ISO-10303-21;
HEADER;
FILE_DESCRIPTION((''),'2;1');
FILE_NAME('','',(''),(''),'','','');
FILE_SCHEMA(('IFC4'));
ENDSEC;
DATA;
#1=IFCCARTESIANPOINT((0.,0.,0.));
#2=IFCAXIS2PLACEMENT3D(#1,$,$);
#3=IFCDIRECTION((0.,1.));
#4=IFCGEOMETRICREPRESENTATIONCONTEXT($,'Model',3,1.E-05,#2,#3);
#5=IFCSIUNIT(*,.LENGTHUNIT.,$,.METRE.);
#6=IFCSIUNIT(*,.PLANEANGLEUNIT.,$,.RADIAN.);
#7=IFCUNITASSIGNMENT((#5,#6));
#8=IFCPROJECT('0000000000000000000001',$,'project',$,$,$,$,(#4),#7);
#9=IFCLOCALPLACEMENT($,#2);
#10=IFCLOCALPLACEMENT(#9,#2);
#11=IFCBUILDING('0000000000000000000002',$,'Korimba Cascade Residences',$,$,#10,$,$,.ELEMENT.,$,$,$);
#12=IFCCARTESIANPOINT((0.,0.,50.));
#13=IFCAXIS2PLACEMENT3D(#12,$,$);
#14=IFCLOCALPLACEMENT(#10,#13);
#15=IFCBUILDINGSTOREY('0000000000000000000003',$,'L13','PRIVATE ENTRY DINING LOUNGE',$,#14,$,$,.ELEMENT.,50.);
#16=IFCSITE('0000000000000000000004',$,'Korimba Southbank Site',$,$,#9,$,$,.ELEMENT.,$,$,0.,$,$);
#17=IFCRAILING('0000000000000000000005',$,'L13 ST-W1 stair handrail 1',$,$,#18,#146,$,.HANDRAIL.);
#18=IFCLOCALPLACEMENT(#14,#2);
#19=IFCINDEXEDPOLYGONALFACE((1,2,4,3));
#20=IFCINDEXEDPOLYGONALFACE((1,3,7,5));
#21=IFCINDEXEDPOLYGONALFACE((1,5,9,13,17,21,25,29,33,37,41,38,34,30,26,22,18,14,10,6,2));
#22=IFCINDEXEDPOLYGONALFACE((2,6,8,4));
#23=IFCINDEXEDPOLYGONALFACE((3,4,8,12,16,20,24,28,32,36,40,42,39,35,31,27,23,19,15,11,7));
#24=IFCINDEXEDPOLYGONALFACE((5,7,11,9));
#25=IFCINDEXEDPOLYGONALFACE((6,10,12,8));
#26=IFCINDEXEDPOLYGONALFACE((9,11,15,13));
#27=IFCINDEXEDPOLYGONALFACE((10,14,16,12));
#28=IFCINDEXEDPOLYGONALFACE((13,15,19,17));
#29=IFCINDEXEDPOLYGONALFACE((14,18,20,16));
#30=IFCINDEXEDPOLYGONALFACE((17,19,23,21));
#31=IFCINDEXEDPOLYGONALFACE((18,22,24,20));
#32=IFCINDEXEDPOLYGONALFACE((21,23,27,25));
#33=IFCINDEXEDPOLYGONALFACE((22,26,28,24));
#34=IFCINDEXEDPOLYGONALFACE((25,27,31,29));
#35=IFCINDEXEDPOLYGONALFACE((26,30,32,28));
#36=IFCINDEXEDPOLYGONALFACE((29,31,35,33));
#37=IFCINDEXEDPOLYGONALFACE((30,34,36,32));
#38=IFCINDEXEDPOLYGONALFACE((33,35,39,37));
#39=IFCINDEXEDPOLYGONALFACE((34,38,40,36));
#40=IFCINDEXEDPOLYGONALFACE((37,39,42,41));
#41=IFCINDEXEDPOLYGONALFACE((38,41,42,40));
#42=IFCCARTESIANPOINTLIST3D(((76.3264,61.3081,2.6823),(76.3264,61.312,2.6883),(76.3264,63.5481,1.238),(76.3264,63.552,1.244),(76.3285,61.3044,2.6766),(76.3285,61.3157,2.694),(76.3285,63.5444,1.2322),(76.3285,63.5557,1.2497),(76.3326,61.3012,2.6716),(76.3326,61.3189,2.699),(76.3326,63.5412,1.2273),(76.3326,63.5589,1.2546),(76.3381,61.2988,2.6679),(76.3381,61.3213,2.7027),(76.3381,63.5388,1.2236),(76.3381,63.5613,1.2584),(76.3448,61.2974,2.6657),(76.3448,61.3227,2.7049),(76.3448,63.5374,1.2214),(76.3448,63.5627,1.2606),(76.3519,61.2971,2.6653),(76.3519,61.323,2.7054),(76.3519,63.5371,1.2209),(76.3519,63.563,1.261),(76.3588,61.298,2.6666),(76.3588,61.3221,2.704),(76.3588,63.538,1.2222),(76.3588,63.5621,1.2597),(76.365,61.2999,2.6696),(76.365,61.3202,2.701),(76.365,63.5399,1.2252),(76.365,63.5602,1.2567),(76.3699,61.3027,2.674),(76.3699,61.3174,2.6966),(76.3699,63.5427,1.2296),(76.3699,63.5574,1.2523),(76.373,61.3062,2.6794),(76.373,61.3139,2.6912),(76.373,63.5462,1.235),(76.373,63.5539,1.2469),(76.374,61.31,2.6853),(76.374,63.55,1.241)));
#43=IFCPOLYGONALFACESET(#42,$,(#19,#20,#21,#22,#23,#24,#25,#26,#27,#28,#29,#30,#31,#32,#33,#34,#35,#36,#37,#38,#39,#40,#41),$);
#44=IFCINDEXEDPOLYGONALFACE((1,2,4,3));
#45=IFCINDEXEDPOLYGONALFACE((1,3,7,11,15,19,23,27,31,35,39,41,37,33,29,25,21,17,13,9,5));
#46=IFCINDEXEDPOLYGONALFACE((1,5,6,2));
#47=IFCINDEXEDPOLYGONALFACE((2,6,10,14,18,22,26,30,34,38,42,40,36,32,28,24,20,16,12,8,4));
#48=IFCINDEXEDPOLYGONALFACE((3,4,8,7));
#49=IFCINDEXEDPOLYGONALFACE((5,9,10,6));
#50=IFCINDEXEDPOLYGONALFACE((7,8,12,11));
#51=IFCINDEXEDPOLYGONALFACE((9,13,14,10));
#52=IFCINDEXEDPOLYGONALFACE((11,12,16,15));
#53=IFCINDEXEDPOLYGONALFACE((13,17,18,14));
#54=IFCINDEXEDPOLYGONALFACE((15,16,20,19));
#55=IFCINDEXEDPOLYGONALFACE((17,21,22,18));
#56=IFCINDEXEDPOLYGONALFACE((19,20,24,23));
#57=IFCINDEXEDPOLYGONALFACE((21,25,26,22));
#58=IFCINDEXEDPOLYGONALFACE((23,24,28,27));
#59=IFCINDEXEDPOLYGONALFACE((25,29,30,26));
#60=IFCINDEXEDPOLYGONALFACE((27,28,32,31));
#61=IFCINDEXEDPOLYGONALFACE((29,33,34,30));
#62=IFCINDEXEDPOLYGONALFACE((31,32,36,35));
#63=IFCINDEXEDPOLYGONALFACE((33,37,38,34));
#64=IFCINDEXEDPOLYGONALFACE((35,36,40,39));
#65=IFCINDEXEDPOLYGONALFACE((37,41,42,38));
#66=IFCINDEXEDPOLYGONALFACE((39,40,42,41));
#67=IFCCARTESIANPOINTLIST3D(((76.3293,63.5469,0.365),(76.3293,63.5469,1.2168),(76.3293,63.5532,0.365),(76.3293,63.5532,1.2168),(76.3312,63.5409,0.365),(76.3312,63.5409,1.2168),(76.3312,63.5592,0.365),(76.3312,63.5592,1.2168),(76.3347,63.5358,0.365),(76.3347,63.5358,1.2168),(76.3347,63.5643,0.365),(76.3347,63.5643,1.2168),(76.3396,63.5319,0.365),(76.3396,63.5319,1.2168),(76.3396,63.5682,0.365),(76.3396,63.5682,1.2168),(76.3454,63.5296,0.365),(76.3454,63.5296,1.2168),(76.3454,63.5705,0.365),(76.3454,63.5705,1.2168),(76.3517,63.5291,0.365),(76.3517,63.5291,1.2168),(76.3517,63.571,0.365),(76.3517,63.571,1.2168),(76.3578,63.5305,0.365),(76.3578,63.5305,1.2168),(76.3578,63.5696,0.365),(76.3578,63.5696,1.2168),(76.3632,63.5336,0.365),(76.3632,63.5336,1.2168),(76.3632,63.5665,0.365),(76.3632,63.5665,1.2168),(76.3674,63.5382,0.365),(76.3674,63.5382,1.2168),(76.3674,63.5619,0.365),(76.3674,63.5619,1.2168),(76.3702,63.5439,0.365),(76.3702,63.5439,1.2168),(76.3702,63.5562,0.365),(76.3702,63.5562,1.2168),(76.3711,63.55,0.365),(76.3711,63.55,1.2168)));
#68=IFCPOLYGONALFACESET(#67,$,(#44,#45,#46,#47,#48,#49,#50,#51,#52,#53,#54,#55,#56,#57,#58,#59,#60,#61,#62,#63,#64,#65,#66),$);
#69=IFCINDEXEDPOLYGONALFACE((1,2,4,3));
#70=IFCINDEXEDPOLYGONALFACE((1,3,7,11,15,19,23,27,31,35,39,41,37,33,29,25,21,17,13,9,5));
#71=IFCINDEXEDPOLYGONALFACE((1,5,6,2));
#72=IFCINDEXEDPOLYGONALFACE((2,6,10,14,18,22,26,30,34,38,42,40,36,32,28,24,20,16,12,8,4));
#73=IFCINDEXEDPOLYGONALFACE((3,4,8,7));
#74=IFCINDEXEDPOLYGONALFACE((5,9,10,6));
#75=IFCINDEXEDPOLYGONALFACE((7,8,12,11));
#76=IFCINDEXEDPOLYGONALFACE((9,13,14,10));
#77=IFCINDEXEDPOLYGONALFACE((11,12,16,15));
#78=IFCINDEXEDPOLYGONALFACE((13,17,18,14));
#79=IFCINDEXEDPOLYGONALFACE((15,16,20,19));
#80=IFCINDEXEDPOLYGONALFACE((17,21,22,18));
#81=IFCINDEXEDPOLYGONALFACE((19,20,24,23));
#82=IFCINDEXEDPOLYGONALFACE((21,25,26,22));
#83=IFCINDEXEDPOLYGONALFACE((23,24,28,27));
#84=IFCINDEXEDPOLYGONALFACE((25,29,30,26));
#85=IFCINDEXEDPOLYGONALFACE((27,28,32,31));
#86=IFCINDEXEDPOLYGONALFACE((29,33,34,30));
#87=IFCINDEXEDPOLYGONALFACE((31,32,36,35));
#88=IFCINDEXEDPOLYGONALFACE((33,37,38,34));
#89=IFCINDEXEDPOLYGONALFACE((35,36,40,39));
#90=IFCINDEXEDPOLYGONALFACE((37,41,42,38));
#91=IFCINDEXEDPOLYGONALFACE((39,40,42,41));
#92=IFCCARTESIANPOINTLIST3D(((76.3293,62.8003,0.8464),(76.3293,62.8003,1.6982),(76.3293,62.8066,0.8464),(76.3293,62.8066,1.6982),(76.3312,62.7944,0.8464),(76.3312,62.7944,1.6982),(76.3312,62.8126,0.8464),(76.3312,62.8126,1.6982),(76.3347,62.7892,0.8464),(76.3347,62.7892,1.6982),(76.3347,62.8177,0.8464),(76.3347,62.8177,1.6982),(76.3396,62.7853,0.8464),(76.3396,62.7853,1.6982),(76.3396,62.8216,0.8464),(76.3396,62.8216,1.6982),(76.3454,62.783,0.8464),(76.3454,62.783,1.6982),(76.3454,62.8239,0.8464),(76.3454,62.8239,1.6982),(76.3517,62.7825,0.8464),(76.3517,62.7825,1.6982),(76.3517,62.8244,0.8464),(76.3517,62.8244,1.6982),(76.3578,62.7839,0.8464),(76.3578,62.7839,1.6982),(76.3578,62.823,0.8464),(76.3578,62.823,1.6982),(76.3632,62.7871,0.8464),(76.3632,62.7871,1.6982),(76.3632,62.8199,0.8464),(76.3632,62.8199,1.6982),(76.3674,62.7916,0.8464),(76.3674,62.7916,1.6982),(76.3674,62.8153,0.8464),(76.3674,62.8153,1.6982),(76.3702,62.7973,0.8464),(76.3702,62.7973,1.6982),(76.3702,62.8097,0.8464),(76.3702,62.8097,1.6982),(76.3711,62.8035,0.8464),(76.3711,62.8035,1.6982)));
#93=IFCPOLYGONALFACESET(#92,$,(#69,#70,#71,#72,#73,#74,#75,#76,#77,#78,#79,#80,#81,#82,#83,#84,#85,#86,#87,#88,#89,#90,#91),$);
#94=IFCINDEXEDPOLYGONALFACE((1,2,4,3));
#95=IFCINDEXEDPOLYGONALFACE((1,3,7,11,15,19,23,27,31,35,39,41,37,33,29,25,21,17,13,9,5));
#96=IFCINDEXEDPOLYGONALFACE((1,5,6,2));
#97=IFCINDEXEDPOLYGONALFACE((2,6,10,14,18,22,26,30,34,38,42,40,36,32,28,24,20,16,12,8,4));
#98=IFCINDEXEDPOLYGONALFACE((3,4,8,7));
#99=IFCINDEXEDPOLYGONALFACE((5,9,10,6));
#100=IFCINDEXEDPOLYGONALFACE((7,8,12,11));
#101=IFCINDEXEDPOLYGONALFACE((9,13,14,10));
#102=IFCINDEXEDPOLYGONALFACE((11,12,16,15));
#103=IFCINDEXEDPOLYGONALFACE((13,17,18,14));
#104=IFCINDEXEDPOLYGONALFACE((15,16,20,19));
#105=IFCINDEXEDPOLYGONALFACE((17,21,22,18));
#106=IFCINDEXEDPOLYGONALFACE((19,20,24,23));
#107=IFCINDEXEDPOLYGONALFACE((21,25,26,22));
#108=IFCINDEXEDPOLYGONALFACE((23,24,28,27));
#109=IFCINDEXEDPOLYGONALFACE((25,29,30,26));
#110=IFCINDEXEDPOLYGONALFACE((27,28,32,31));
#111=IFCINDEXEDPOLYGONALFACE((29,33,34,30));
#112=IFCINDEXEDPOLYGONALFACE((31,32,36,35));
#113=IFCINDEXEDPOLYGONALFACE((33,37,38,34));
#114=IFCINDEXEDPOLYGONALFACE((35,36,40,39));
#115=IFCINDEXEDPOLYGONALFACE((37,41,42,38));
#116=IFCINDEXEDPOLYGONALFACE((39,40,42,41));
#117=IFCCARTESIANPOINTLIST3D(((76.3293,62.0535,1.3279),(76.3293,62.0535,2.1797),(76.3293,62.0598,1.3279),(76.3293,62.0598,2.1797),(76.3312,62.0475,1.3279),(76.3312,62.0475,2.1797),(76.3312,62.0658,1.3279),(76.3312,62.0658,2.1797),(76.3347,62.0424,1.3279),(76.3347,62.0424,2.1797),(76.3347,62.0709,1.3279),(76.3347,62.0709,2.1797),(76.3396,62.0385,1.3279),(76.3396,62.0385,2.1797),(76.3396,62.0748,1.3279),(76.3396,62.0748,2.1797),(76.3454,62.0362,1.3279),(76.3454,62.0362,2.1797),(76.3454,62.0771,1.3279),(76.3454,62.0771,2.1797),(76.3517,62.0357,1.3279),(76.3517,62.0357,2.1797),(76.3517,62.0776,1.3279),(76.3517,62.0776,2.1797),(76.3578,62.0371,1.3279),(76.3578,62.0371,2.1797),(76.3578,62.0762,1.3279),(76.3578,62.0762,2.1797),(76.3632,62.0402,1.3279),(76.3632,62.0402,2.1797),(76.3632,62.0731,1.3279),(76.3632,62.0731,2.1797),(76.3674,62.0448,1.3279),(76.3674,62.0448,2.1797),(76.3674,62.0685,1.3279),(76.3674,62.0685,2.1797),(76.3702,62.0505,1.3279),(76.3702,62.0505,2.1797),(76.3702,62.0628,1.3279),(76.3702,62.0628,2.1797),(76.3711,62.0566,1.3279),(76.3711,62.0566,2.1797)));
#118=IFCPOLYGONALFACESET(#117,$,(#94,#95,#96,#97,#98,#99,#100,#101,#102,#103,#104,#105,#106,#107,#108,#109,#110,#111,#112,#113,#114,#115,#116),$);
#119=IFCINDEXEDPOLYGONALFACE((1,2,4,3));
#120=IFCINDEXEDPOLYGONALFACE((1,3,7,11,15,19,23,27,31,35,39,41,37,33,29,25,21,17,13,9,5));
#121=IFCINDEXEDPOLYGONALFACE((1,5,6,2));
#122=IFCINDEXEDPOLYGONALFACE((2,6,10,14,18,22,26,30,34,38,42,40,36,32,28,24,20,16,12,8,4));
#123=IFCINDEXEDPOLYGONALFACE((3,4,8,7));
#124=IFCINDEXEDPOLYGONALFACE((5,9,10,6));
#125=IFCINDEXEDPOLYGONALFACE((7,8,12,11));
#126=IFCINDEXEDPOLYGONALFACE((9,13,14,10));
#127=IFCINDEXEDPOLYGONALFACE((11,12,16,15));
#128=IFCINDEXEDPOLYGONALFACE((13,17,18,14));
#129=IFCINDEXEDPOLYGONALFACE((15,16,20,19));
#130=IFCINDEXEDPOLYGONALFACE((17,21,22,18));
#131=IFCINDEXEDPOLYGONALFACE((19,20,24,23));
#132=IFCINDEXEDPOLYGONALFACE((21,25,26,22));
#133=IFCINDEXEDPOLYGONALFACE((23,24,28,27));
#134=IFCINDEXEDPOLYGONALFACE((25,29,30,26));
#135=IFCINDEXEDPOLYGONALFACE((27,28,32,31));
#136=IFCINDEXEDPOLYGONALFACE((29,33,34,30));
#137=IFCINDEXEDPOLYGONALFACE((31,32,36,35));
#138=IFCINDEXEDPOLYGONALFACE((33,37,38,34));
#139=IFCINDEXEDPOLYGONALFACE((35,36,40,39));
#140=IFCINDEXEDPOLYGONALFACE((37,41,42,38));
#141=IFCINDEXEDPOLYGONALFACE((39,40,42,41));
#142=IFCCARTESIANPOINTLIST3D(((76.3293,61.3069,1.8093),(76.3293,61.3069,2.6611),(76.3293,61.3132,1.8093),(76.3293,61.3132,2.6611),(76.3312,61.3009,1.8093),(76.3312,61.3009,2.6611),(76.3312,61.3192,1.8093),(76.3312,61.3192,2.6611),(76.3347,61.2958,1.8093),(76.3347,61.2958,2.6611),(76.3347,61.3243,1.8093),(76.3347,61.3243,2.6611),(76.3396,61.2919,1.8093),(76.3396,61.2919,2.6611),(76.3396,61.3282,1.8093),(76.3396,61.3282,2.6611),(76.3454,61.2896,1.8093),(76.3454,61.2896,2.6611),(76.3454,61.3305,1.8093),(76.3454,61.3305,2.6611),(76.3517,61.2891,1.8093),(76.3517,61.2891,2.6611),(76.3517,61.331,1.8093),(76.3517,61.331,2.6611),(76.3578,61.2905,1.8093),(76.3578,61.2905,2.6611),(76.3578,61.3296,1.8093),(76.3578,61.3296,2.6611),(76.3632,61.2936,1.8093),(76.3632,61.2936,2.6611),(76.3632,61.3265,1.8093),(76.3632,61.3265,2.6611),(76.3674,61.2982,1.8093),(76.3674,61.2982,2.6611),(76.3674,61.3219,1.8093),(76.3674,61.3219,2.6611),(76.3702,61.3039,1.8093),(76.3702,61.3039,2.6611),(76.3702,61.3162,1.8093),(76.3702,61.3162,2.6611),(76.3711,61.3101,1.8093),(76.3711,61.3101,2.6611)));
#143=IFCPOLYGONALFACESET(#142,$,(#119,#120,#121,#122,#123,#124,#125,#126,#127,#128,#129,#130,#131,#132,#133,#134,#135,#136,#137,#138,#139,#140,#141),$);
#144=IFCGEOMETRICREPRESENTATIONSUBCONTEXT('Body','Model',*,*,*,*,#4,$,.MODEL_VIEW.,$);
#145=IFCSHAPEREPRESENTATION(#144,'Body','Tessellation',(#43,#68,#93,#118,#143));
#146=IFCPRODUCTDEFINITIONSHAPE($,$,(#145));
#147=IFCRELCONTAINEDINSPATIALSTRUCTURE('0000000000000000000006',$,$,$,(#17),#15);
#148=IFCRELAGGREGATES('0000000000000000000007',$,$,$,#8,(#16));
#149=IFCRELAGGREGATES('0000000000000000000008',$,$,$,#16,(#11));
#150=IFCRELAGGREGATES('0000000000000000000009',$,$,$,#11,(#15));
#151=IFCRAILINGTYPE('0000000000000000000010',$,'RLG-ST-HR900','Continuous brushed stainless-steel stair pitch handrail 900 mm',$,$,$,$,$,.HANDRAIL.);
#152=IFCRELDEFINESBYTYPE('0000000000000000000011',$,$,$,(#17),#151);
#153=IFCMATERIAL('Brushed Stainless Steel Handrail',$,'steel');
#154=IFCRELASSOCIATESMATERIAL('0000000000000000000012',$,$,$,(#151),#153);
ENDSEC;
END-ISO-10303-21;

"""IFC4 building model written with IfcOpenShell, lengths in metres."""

from ifc_helpers import new_model, si_unit, direction, frame, origin, origin_2d, place, context, subcontext, project, spatial, circle, extrude, material, type_object, element, save


model = new_model("IFC4")

# Units and contexts
model_context = context("Model", 3, precision=1e-05, world=origin(), true_north=direction((0.0, 1.0)))
body_context = subcontext(model_context, "Body", "Model", "MODEL_VIEW")
ifc_project = project(units=[si_unit("LENGTHUNIT", "METRE"), si_unit("PLANEANGLEUNIT", "RADIAN")], contexts=[model_context])

# Site, building, storey
site_placement = place(None, origin())
site = spatial("IfcSite", under=ifc_project, at=site_placement, Name="Korimba Southbank Site", CompositionType="ELEMENT", RefElevation=0.0)
building_placement = place(site_placement, origin())
building = spatial("IfcBuilding", under=site, at=building_placement, Name="Korimba Cascade Residences", CompositionType="ELEMENT")
storey_placement = place(building_placement, frame((0.0, 0.0, 50.0)))
storey = spatial("IfcBuildingStorey", under=building, at=storey_placement, Name="L13", Description="PRIVATE ENTRY DINING LOUNGE", CompositionType="ELEMENT", Elevation=50.0)

# Railing
ifc_material_1 = material(Name="Brushed Stainless Steel Handrail", Category="steel")
railing_type_1 = type_object("IfcRailingType", Name="RLG-ST-HR900", Description="Continuous brushed stainless-steel stair pitch handrail 900 mm", PredefinedType="HANDRAIL", material=ifc_material_1)
railing_1_placement = place(storey_placement, frame((76.3501, 63.55, 0.365)))
element("IfcRailing", 1, at=railing_1_placement, inside=storey, type_object=railing_type_1, Name="L13 ST-W1 stair handrail 1", PredefinedType="HANDRAIL", context=body_context, shape_type="SweptSolid", body=[
    extrude(circle(Radius=0.0239, at=origin_2d()), frame((0.0, 0.0, 0.876), z_axis=(0.0, -0.840437, 0.54191), x_axis=(1.0, 0.0, 0.0)), (0.0, 0.0, 1.0), 2.6653),
    extrude(circle(Radius=0.021, at=origin_2d()), origin(), (0.0, 0.0, 1.0), 0.8518),
    extrude(circle(Radius=0.021, at=origin_2d()), frame((0.0, -0.7466, 0.4814)), (0.0, 0.0, 1.0), 0.8518),
    extrude(circle(Radius=0.021, at=origin_2d()), frame((0.0, -1.4934, 0.9629)), (0.0, 0.0, 1.0), 0.8518),
    extrude(circle(Radius=0.021, at=origin_2d()), frame((0.0, -2.24, 1.4443)), (0.0, 0.0, 1.0), 0.8518),
])

save(model, "model.ifc")
